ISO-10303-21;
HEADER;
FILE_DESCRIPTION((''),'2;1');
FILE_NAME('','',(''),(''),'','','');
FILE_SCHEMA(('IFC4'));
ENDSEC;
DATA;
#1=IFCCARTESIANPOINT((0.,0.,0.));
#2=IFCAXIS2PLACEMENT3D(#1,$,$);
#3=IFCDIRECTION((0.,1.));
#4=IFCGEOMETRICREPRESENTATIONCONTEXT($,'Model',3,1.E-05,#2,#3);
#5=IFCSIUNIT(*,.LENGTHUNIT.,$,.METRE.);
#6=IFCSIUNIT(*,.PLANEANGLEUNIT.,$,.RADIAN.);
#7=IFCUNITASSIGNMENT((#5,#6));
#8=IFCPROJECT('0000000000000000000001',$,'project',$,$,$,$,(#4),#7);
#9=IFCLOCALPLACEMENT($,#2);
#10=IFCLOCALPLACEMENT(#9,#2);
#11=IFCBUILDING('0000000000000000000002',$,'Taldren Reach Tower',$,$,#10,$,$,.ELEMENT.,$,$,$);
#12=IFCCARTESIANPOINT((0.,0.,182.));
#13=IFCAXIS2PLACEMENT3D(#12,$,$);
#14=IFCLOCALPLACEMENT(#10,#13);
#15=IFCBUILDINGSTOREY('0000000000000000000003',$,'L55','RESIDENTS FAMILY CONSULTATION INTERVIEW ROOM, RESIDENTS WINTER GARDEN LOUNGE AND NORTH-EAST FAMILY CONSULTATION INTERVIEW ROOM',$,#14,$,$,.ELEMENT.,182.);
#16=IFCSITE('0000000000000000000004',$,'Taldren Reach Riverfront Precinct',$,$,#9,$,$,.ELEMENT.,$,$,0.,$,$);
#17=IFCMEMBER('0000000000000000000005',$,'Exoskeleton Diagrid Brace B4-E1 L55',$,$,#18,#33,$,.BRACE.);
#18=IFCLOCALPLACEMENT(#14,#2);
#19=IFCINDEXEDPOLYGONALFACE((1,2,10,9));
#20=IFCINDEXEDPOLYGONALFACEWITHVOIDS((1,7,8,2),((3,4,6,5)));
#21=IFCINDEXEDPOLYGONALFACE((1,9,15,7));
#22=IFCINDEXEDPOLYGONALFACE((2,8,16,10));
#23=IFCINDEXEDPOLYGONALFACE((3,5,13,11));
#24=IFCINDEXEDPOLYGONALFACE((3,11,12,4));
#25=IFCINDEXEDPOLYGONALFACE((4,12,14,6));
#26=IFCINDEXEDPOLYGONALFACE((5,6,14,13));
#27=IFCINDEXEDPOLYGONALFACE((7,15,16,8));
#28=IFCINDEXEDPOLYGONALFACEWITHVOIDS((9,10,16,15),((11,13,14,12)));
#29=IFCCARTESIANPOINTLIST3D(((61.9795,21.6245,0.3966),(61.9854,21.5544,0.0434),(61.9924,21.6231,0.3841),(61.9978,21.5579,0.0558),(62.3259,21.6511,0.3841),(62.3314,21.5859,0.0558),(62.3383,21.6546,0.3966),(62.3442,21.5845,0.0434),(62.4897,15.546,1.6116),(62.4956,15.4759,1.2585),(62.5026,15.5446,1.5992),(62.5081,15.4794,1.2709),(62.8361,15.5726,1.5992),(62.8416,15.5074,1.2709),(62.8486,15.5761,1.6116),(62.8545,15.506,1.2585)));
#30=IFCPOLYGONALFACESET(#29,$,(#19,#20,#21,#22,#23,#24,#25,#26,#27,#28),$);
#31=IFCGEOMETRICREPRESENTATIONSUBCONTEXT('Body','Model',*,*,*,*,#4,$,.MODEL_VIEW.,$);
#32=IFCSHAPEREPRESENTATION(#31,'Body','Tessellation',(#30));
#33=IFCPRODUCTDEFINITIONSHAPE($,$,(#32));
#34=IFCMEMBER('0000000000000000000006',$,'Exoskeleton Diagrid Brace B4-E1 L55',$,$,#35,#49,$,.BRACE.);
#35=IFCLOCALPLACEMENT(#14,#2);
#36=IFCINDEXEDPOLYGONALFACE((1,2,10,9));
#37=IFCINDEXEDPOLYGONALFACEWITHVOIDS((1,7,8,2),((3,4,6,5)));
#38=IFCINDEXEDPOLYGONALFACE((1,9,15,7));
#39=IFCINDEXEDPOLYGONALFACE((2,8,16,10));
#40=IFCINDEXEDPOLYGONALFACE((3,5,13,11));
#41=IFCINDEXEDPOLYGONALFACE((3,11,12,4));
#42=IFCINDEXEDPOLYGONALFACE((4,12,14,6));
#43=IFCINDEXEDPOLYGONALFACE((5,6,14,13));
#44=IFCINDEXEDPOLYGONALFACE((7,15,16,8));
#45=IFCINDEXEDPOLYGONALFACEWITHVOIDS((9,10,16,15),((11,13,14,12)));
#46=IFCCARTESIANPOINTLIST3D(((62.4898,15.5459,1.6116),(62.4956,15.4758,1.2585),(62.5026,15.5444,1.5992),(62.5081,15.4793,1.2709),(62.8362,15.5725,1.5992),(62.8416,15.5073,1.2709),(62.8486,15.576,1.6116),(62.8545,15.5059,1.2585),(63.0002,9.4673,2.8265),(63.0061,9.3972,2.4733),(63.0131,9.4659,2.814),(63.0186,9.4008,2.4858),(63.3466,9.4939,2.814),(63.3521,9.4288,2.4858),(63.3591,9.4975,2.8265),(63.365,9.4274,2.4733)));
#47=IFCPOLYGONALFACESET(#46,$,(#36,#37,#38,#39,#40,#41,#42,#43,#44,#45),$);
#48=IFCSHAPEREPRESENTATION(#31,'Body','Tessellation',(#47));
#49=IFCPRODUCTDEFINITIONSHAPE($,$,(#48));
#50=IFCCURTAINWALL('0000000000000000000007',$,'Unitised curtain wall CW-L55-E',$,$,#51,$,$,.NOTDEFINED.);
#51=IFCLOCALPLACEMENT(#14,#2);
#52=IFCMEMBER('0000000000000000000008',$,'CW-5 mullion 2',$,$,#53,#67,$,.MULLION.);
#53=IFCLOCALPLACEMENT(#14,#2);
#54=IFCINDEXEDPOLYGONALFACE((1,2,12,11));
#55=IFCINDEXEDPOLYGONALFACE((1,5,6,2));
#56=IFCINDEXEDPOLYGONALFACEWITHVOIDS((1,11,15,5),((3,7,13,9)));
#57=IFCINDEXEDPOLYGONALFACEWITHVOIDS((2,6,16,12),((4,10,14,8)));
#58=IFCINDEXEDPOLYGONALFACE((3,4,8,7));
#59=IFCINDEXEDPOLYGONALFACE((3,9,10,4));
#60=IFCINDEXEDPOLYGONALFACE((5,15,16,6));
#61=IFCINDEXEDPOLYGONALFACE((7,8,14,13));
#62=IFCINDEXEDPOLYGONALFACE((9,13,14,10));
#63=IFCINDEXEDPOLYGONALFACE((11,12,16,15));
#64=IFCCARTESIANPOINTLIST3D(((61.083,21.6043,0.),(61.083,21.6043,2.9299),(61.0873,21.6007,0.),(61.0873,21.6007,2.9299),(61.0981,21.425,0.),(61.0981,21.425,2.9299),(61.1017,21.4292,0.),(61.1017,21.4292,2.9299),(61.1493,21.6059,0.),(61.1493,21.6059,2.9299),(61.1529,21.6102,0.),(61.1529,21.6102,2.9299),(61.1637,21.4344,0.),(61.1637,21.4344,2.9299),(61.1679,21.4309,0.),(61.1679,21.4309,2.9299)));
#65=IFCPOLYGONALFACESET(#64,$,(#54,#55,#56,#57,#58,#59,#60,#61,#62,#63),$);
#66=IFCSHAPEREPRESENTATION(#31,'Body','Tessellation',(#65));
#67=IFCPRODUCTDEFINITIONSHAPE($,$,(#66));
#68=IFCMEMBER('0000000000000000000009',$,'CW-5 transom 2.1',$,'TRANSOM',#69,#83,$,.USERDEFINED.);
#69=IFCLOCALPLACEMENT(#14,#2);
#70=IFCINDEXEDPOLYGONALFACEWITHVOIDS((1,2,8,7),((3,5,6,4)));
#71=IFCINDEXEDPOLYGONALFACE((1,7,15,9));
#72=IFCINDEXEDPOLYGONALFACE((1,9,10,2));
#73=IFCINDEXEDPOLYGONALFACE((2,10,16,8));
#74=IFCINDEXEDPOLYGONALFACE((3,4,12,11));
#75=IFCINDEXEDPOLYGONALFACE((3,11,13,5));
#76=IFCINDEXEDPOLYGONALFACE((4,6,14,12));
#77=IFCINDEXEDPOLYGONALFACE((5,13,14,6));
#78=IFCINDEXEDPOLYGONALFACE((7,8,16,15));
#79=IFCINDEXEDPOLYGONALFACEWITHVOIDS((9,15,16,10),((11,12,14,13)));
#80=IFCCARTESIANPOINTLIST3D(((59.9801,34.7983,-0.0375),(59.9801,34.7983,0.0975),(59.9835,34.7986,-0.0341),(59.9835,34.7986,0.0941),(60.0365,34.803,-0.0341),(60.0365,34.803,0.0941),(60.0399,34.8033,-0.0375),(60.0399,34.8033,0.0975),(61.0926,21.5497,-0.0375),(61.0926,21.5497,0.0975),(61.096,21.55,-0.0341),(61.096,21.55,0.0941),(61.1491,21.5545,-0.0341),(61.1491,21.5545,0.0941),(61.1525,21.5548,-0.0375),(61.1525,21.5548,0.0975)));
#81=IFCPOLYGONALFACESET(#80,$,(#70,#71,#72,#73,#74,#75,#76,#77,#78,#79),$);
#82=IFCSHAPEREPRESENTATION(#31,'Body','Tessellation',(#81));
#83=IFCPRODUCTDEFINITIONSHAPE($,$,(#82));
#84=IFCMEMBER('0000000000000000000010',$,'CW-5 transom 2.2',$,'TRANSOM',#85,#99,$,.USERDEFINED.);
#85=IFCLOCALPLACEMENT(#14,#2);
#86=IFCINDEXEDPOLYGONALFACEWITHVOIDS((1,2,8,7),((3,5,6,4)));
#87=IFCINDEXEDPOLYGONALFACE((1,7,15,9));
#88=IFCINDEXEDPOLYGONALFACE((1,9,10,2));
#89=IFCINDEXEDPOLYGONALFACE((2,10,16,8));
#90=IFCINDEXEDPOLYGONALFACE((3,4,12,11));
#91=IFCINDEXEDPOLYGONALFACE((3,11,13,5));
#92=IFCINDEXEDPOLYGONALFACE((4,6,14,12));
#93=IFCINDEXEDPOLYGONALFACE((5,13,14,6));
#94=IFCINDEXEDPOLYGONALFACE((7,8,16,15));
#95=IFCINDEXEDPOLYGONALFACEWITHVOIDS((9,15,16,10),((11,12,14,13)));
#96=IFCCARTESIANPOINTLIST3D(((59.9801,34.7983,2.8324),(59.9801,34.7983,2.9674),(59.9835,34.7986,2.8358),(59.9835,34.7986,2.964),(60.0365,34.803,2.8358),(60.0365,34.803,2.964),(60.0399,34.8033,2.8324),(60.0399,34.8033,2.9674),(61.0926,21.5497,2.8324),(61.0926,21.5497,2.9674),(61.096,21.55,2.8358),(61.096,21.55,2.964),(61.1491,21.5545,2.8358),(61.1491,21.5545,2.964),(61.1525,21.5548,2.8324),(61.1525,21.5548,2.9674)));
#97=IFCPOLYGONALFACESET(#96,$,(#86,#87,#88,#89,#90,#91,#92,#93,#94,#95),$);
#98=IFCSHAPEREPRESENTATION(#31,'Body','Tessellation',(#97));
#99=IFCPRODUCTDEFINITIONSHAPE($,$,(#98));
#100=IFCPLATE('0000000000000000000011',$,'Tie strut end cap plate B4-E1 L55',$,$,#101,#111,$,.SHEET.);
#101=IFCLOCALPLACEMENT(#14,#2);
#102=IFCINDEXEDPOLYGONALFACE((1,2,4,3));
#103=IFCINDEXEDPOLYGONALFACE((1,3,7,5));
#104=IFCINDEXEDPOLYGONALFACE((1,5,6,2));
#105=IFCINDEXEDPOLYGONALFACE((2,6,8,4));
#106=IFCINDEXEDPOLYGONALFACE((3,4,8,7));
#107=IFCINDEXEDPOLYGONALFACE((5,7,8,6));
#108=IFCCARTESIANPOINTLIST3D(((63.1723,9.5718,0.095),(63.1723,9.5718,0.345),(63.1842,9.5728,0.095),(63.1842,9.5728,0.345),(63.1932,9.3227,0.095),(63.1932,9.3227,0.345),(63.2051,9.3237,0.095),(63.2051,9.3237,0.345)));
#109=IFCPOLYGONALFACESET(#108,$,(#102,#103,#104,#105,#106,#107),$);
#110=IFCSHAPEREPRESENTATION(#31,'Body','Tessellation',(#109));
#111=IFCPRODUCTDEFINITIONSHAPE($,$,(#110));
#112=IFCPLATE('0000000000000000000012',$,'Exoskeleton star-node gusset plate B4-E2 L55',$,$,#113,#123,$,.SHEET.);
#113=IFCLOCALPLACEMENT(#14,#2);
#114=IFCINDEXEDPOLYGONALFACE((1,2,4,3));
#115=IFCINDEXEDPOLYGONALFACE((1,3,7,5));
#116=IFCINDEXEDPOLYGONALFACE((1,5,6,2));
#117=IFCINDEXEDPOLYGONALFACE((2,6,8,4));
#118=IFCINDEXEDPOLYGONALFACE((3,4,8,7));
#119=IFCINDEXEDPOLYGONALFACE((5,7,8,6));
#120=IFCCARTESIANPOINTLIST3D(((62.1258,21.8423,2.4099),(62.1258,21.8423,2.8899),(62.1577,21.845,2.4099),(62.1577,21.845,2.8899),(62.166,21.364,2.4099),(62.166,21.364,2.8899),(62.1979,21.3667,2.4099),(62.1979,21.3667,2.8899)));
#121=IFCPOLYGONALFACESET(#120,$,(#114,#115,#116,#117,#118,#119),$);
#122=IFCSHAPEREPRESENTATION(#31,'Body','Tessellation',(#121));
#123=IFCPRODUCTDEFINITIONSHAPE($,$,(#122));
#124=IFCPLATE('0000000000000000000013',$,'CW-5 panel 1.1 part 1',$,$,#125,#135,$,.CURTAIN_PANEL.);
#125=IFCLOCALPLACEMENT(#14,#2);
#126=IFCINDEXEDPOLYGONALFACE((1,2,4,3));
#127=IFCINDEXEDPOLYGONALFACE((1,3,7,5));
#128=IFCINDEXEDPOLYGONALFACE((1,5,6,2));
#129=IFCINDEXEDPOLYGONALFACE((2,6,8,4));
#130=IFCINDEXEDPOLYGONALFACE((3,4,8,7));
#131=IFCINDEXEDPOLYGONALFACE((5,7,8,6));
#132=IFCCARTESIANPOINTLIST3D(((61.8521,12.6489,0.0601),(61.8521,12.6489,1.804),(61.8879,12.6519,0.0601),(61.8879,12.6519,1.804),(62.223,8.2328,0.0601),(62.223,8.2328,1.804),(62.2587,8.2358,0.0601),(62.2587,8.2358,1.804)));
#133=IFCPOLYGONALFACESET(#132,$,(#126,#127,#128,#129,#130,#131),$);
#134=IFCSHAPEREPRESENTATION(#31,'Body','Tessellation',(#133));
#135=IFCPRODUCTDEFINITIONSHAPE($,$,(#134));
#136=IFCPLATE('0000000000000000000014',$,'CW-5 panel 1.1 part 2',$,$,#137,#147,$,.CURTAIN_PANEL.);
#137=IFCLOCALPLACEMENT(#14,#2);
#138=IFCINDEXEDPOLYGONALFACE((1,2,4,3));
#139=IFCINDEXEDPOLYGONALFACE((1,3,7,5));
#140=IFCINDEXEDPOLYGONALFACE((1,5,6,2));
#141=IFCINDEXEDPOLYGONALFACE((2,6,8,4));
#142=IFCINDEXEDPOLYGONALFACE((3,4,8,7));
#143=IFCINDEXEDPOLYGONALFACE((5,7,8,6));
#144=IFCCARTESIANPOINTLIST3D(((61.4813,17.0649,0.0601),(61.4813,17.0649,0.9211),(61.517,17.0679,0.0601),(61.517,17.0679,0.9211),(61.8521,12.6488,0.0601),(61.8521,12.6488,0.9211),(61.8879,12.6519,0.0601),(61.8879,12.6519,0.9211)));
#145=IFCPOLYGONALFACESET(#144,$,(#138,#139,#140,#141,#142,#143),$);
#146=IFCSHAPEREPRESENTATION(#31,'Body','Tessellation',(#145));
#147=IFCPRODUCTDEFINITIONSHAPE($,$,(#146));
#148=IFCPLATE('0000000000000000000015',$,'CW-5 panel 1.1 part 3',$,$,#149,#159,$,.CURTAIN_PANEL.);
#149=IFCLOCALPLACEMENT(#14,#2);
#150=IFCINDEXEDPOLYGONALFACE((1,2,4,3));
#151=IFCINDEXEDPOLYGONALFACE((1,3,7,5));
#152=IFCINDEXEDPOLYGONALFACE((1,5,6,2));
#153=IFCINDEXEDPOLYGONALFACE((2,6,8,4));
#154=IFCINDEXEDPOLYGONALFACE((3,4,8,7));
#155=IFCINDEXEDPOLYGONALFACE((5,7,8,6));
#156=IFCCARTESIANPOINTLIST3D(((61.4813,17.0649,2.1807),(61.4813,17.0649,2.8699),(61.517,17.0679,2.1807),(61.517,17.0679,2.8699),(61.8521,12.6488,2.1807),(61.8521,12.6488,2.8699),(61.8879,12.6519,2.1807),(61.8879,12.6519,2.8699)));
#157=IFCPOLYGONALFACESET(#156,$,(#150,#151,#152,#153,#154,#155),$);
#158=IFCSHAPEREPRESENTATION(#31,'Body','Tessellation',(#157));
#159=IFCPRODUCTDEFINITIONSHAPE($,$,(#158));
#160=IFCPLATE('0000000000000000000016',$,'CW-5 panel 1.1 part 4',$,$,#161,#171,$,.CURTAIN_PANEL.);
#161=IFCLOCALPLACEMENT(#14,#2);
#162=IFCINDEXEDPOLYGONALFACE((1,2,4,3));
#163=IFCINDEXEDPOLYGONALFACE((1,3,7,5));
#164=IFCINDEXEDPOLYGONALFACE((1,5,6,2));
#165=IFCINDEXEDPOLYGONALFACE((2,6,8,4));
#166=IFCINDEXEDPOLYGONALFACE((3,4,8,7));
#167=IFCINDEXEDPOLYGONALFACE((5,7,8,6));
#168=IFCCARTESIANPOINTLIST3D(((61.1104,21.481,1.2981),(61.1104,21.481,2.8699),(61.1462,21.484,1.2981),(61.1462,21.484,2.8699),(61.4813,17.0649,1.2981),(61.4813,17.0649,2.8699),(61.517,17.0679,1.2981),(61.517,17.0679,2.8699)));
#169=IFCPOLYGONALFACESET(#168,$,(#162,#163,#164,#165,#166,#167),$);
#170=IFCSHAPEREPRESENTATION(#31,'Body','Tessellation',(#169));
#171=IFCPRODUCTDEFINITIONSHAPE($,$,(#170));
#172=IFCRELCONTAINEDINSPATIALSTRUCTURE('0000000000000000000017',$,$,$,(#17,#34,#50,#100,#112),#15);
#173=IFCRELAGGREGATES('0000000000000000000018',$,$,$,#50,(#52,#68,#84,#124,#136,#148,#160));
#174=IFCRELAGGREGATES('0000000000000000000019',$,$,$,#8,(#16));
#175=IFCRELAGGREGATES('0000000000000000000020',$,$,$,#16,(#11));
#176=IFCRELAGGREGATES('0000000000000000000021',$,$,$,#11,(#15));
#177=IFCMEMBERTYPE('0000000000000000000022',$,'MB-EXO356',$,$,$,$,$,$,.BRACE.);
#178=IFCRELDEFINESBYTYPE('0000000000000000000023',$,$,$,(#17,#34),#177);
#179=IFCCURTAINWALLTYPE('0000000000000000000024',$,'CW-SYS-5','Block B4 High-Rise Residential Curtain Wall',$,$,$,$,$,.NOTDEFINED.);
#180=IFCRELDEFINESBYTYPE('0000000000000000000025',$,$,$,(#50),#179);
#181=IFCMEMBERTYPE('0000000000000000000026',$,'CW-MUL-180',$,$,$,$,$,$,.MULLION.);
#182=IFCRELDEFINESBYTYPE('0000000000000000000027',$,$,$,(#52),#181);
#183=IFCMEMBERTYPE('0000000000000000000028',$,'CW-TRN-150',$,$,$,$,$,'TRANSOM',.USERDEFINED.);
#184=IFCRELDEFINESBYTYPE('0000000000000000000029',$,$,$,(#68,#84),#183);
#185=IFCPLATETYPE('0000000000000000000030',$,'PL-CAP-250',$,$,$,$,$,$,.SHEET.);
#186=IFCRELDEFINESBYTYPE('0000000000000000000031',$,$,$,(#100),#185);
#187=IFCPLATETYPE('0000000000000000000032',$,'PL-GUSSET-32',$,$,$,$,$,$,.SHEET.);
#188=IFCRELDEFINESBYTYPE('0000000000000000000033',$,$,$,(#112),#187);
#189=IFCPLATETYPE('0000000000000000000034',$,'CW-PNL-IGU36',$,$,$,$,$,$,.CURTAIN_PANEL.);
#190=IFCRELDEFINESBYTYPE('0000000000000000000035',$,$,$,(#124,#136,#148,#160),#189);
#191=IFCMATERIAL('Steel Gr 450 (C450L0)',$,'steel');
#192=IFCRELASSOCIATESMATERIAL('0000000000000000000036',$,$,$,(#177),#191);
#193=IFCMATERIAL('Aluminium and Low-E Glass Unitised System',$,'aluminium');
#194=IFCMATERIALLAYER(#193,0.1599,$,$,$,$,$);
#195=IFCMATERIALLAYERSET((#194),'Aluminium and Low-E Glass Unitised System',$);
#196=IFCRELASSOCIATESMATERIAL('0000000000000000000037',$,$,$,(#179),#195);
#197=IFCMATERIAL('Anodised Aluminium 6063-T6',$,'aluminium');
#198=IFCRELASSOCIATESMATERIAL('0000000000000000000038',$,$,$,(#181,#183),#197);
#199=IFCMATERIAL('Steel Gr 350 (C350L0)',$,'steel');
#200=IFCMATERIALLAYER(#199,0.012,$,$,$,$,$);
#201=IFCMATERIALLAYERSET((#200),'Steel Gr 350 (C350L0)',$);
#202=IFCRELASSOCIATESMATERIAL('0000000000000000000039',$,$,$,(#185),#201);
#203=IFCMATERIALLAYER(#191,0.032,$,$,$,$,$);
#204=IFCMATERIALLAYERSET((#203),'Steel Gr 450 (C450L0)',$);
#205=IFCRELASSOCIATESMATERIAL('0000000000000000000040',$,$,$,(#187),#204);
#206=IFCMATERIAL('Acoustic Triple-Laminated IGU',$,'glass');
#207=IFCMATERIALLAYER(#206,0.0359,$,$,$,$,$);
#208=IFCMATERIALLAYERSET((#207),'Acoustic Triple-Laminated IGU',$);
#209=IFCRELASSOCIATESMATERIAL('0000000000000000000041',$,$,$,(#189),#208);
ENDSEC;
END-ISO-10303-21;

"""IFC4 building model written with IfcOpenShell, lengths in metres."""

from ifc_helpers import new_model, si_unit, direction, frame, origin, origin_2d, place, context, subcontext, project, spatial, rectangle, hollow_rectangle, extrude, source, transform, mapped, material, layer, layer_set, material_profile, profile_set, type_object, element, aggregate, save


model = new_model("IFC4")

# Units and contexts
model_context = context("Model", 3, precision=1e-05, world=origin(), true_north=direction((0.0, 1.0)))
body_context = subcontext(model_context, "Body", "Model", "MODEL_VIEW")
ifc_project = project(units=[si_unit("LENGTHUNIT", "METRE"), si_unit("PLANEANGLEUNIT", "RADIAN")], contexts=[model_context])

# Site, building, storey
site_placement = place(None, origin())
site = spatial("IfcSite", under=ifc_project, at=site_placement, Name="Taldren Reach Riverfront Precinct", CompositionType="ELEMENT", RefElevation=0.0)
building_placement = place(site_placement, origin())
building = spatial("IfcBuilding", under=site, at=building_placement, Name="Taldren Reach Tower", CompositionType="ELEMENT")
storey_placement = place(building_placement, frame((0.0, 0.0, 182.0)))
storey = spatial("IfcBuildingStorey", under=building, at=storey_placement, Name="L55", Description="RESIDENTS FAMILY CONSULTATION INTERVIEW ROOM, RESIDENTS WINTER GARDEN LOUNGE AND NORTH-EAST FAMILY CONSULTATION INTERVIEW ROOM", CompositionType="ELEMENT", Elevation=182.0)

# Members
ifc_material_1 = material(Name="Steel Gr 450 (C450L0)", Category="steel")
ifc_material_2 = material(Name="Steel Gr 350 (C350L0)", Category="steel")
ifc_material_profile_1 = material_profile(ifc_material_1, hollow_rectangle(XDim=0.3601, YDim=0.3601, WallThickness=0.0127, at=origin_2d()), Name="360x360x12.7SHS")
ifc_profile_set_1 = profile_set([ifc_material_profile_1], Name="Steel Gr 450 (C450L0)")
member_type_1 = type_object("IfcMemberType", Name="MB-EXO356", PredefinedType="BRACE", material=ifc_profile_set_1)
shared_shape_1 = source(origin(), body_context, "Body", "SweptSolid", [
    extrude(hollow_rectangle(XDim=0.3601, YDim=0.3601, WallThickness=0.0127, at=origin_2d()), origin(), (0.0, 0.0, 1.0), 6.2197),
])
for number, where, z_axis, x_axis, name in (
    (1, (62.1619, 21.6045, 0.22), (0.082037, -0.977295, 0.195357), (0.996495, 0.083648, 0.0), "Exoskeleton Diagrid Brace B4-E1 L55"),
    (2, (62.6721, 15.5259, 1.4351), (0.082076, -0.977299, 0.195319), (0.996492, 0.083688, 0.0), "Exoskeleton Diagrid Brace B4-E1 L55"),
):
    element("IfcMember", number, at=place(storey_placement, frame(where, z_axis=z_axis, x_axis=x_axis)), inside=storey, type_object=member_type_1, Name=name, PredefinedType="BRACE", context=body_context, shape_type="MappedRepresentation", body=[
        mapped(shared_shape_1, transform((0.0, 0.0, 0.0), scale=1.0)),
    ])

# Curtain wall, members
ifc_material_3 = material(Name="Aluminium and Low-E Glass Unitised System", Category="aluminium")
ifc_layer_1 = layer(ifc_material_3, 0.1599)
ifc_layer_set_1 = layer_set([ifc_layer_1], Name="Aluminium and Low-E Glass Unitised System")
curtain_wall_type = type_object("IfcCurtainWallType", Name="CW-SYS-5", Description="Block B4 High-Rise Residential Curtain Wall", PredefinedType="NOTDEFINED", material=ifc_layer_set_1)
curtain_wall_placement = place(storey_placement, origin())
curtain_wall = element("IfcCurtainWall", 3, at=curtain_wall_placement, inside=storey, type_object=curtain_wall_type, Name="Unitised curtain wall CW-L55-E", PredefinedType="NOTDEFINED")
ifc_material_4 = material(Name="Anodised Aluminium 6063-T6", Category="aluminium")
ifc_material_profile_2 = material_profile(ifc_material_4, hollow_rectangle(XDim=0.0701, YDim=0.1799, WallThickness=0.0039, at=origin_2d()), Name="ALU-180x70x4RHS")
ifc_profile_set_2 = profile_set([ifc_material_profile_2], Name="Anodised Aluminium 6063-T6")
member_type_2 = type_object("IfcMemberType", Name="CW-MUL-180", PredefinedType="MULLION", material=ifc_profile_set_2)
shared_shape_2 = source(origin(), body_context, "Body", "SweptSolid", [
    extrude(hollow_rectangle(XDim=0.0701, YDim=0.1799, WallThickness=0.0039, at=origin_2d()), origin(), (0.0, 0.0, 1.0), 2.9299),
])
member_1_placement = place(storey_placement, frame((61.1255, 21.5176, 0.0), z_axis=(0.0, 0.0, 1.0), x_axis=(-0.996493, -0.083678, 0.0)))
member_1 = element("IfcMember", 4, at=member_1_placement, type_object=member_type_2, Name="CW-5 mullion 2", PredefinedType="MULLION", context=body_context, shape_type="MappedRepresentation", body=[
    mapped(shared_shape_2, transform((0.0, 0.0, 0.0), scale=1.0)),
])
ifc_material_profile_3 = material_profile(ifc_material_4, hollow_rectangle(XDim=0.0601, YDim=0.135, WallThickness=0.0034, at=origin_2d()), Name="ALU-135x60x3.5RHS")
ifc_profile_set_3 = profile_set([ifc_material_profile_3], Name="Anodised Aluminium 6063-T6")
member_type_3 = type_object("IfcMemberType", Name="CW-TRN-150", ElementType="TRANSOM", PredefinedType="USERDEFINED", material=ifc_profile_set_3)
shared_shape_3 = source(origin(), body_context, "Body", "SweptSolid", [
    extrude(hollow_rectangle(XDim=0.0601, YDim=0.135, WallThickness=0.0034, at=origin_2d()), origin(), (0.0, 0.0, 1.0), 13.2952),
])
member_2_placement = place(storey_placement, frame((61.1226, 21.5522, 0.03), z_axis=(-0.083681, 0.996493, 0.0), x_axis=(-0.996493, -0.083681, 0.0)))
member_2 = element("IfcMember", 5, at=member_2_placement, type_object=member_type_3, Name="CW-5 transom 2.1", ObjectType="TRANSOM", PredefinedType="USERDEFINED", context=body_context, shape_type="MappedRepresentation", body=[
    mapped(shared_shape_3, transform((0.0, 0.0, 0.0), scale=1.0)),
])
member_3_placement = place(storey_placement, frame((61.1226, 21.5522, 2.8999), z_axis=(-0.083681, 0.996493, 0.0), x_axis=(-0.996493, -0.083681, 0.0)))
member_3 = element("IfcMember", 6, at=member_3_placement, type_object=member_type_3, Name="CW-5 transom 2.2", ObjectType="TRANSOM", PredefinedType="USERDEFINED", context=body_context, shape_type="MappedRepresentation", body=[
    mapped(shared_shape_3, transform((0.0, 0.0, 0.0), scale=1.0)),
])

# Plates
ifc_layer_2 = layer(ifc_material_2, 0.012)
ifc_layer_set_2 = layer_set([ifc_layer_2], Name="Steel Gr 350 (C350L0)")
plate_type_1 = type_object("IfcPlateType", Name="PL-CAP-250", PredefinedType="SHEET", material=ifc_layer_set_2)
shared_shape_4 = source(origin(), body_context, "Body", "SweptSolid", [
    extrude(rectangle(XDim=0.012, YDim=0.25, at=origin_2d()), origin(), (0.0, 0.0, 1.0), 0.25),
])
plate_1_placement = place(storey_placement, frame((63.1887, 9.4478, 0.095), z_axis=(0.0, 0.0, 1.0), x_axis=(0.996493, 0.083678, 0.0)))
element("IfcPlate", 7, at=plate_1_placement, inside=storey, type_object=plate_type_1, Name="Tie strut end cap plate B4-E1 L55", PredefinedType="SHEET", context=body_context, shape_type="MappedRepresentation", body=[
    mapped(shared_shape_4, transform((0.0, 0.0, 0.0), scale=1.0)),
])
ifc_layer_3 = layer(ifc_material_1, 0.032)
ifc_layer_set_3 = layer_set([ifc_layer_3], Name="Steel Gr 450 (C450L0)")
plate_type_2 = type_object("IfcPlateType", Name="PL-GUSSET-32", PredefinedType="SHEET", material=ifc_layer_set_3)
shared_shape_5 = source(origin(), body_context, "Body", "SweptSolid", [
    extrude(rectangle(XDim=0.48, YDim=0.032, at=origin_2d()), origin(), (0.0, 0.0, 1.0), 0.48),
])
plate_2_placement = place(storey_placement, frame((62.1619, 21.6045, 2.4099), z_axis=(0.0, 0.0, 1.0), x_axis=(-0.083678, 0.996493, 0.0)))
element("IfcPlate", 8, at=plate_2_placement, inside=storey, type_object=plate_type_2, Name="Exoskeleton star-node gusset plate B4-E2 L55", PredefinedType="SHEET", context=body_context, shape_type="MappedRepresentation", body=[
    mapped(shared_shape_5, transform((0.0, 0.0, 0.0), scale=1.0)),
])

# Plates
ifc_material_5 = material(Name="Acoustic Triple-Laminated IGU", Category="glass")
ifc_layer_4 = layer(ifc_material_5, 0.0359)
ifc_layer_set_4 = layer_set([ifc_layer_4], Name="Acoustic Triple-Laminated IGU")
plate_type_3 = type_object("IfcPlateType", Name="CW-PNL-IGU36", PredefinedType="CURTAIN_PANEL", material=ifc_layer_set_4)
shared_shape_6 = source(origin(), body_context, "Body", "SweptSolid", [
    extrude(rectangle(XDim=4.4316, YDim=0.0359, at=origin_2d()), origin(), (0.0, 0.0, 1.0), 1.7439),
])
plate_3_placement = place(storey_placement, frame((62.0554, 10.4424, 0.0601), z_axis=(0.0, 0.0, 1.0), x_axis=(-0.083678, 0.996493, 0.0)))
plate_3 = element("IfcPlate", 9, at=plate_3_placement, type_object=plate_type_3, Name="CW-5 panel 1.1 part 1", PredefinedType="CURTAIN_PANEL", context=body_context, shape_type="MappedRepresentation", body=[
    mapped(shared_shape_6, transform((0.0, 0.0, 0.0), scale=1.0)),
])
shared_shape_7 = source(origin(), body_context, "Body", "SweptSolid", [
    extrude(rectangle(XDim=4.4316, YDim=0.0359, at=origin_2d()), origin(), (0.0, 0.0, 1.0), 0.8611),
])
plate_4_placement = place(storey_placement, frame((61.6846, 14.8584, 0.0601), z_axis=(0.0, 0.0, 1.0), x_axis=(-0.083678, 0.996493, 0.0)))
plate_4 = element("IfcPlate", 10, at=plate_4_placement, type_object=plate_type_3, Name="CW-5 panel 1.1 part 2", PredefinedType="CURTAIN_PANEL", context=body_context, shape_type="MappedRepresentation", body=[
    mapped(shared_shape_7, transform((0.0, 0.0, 0.0), scale=1.0)),
])
shared_shape_8 = source(origin(), body_context, "Body", "SweptSolid", [
    extrude(rectangle(XDim=4.4316, YDim=0.0359, at=origin_2d()), origin(), (0.0, 0.0, 1.0), 0.6892),
])
plate_5_placement = place(storey_placement, frame((61.6846, 14.8584, 2.1807), z_axis=(0.0, 0.0, 1.0), x_axis=(-0.083678, 0.996493, 0.0)))
plate_5 = element("IfcPlate", 11, at=plate_5_placement, type_object=plate_type_3, Name="CW-5 panel 1.1 part 3", PredefinedType="CURTAIN_PANEL", context=body_context, shape_type="MappedRepresentation", body=[
    mapped(shared_shape_8, transform((0.0, 0.0, 0.0), scale=1.0)),
])
shared_shape_9 = source(origin(), body_context, "Body", "SweptSolid", [
    extrude(rectangle(XDim=4.4316, YDim=0.0359, at=origin_2d()), origin(), (0.0, 0.0, 1.0), 1.5718),
])
plate_6_placement = place(storey_placement, frame((61.3137, 19.2744, 1.2981), z_axis=(0.0, 0.0, 1.0), x_axis=(-0.083678, 0.996493, 0.0)))
plate_6 = element("IfcPlate", 12, at=plate_6_placement, type_object=plate_type_3, Name="CW-5 panel 1.1 part 4", PredefinedType="CURTAIN_PANEL", context=body_context, shape_type="MappedRepresentation", body=[
    mapped(shared_shape_9, transform((0.0, 0.0, 0.0), scale=1.0)),
])
aggregate(curtain_wall, [member_1, member_2, member_3, plate_3, plate_4, plate_5, plate_6])

save(model, "model.ifc")
